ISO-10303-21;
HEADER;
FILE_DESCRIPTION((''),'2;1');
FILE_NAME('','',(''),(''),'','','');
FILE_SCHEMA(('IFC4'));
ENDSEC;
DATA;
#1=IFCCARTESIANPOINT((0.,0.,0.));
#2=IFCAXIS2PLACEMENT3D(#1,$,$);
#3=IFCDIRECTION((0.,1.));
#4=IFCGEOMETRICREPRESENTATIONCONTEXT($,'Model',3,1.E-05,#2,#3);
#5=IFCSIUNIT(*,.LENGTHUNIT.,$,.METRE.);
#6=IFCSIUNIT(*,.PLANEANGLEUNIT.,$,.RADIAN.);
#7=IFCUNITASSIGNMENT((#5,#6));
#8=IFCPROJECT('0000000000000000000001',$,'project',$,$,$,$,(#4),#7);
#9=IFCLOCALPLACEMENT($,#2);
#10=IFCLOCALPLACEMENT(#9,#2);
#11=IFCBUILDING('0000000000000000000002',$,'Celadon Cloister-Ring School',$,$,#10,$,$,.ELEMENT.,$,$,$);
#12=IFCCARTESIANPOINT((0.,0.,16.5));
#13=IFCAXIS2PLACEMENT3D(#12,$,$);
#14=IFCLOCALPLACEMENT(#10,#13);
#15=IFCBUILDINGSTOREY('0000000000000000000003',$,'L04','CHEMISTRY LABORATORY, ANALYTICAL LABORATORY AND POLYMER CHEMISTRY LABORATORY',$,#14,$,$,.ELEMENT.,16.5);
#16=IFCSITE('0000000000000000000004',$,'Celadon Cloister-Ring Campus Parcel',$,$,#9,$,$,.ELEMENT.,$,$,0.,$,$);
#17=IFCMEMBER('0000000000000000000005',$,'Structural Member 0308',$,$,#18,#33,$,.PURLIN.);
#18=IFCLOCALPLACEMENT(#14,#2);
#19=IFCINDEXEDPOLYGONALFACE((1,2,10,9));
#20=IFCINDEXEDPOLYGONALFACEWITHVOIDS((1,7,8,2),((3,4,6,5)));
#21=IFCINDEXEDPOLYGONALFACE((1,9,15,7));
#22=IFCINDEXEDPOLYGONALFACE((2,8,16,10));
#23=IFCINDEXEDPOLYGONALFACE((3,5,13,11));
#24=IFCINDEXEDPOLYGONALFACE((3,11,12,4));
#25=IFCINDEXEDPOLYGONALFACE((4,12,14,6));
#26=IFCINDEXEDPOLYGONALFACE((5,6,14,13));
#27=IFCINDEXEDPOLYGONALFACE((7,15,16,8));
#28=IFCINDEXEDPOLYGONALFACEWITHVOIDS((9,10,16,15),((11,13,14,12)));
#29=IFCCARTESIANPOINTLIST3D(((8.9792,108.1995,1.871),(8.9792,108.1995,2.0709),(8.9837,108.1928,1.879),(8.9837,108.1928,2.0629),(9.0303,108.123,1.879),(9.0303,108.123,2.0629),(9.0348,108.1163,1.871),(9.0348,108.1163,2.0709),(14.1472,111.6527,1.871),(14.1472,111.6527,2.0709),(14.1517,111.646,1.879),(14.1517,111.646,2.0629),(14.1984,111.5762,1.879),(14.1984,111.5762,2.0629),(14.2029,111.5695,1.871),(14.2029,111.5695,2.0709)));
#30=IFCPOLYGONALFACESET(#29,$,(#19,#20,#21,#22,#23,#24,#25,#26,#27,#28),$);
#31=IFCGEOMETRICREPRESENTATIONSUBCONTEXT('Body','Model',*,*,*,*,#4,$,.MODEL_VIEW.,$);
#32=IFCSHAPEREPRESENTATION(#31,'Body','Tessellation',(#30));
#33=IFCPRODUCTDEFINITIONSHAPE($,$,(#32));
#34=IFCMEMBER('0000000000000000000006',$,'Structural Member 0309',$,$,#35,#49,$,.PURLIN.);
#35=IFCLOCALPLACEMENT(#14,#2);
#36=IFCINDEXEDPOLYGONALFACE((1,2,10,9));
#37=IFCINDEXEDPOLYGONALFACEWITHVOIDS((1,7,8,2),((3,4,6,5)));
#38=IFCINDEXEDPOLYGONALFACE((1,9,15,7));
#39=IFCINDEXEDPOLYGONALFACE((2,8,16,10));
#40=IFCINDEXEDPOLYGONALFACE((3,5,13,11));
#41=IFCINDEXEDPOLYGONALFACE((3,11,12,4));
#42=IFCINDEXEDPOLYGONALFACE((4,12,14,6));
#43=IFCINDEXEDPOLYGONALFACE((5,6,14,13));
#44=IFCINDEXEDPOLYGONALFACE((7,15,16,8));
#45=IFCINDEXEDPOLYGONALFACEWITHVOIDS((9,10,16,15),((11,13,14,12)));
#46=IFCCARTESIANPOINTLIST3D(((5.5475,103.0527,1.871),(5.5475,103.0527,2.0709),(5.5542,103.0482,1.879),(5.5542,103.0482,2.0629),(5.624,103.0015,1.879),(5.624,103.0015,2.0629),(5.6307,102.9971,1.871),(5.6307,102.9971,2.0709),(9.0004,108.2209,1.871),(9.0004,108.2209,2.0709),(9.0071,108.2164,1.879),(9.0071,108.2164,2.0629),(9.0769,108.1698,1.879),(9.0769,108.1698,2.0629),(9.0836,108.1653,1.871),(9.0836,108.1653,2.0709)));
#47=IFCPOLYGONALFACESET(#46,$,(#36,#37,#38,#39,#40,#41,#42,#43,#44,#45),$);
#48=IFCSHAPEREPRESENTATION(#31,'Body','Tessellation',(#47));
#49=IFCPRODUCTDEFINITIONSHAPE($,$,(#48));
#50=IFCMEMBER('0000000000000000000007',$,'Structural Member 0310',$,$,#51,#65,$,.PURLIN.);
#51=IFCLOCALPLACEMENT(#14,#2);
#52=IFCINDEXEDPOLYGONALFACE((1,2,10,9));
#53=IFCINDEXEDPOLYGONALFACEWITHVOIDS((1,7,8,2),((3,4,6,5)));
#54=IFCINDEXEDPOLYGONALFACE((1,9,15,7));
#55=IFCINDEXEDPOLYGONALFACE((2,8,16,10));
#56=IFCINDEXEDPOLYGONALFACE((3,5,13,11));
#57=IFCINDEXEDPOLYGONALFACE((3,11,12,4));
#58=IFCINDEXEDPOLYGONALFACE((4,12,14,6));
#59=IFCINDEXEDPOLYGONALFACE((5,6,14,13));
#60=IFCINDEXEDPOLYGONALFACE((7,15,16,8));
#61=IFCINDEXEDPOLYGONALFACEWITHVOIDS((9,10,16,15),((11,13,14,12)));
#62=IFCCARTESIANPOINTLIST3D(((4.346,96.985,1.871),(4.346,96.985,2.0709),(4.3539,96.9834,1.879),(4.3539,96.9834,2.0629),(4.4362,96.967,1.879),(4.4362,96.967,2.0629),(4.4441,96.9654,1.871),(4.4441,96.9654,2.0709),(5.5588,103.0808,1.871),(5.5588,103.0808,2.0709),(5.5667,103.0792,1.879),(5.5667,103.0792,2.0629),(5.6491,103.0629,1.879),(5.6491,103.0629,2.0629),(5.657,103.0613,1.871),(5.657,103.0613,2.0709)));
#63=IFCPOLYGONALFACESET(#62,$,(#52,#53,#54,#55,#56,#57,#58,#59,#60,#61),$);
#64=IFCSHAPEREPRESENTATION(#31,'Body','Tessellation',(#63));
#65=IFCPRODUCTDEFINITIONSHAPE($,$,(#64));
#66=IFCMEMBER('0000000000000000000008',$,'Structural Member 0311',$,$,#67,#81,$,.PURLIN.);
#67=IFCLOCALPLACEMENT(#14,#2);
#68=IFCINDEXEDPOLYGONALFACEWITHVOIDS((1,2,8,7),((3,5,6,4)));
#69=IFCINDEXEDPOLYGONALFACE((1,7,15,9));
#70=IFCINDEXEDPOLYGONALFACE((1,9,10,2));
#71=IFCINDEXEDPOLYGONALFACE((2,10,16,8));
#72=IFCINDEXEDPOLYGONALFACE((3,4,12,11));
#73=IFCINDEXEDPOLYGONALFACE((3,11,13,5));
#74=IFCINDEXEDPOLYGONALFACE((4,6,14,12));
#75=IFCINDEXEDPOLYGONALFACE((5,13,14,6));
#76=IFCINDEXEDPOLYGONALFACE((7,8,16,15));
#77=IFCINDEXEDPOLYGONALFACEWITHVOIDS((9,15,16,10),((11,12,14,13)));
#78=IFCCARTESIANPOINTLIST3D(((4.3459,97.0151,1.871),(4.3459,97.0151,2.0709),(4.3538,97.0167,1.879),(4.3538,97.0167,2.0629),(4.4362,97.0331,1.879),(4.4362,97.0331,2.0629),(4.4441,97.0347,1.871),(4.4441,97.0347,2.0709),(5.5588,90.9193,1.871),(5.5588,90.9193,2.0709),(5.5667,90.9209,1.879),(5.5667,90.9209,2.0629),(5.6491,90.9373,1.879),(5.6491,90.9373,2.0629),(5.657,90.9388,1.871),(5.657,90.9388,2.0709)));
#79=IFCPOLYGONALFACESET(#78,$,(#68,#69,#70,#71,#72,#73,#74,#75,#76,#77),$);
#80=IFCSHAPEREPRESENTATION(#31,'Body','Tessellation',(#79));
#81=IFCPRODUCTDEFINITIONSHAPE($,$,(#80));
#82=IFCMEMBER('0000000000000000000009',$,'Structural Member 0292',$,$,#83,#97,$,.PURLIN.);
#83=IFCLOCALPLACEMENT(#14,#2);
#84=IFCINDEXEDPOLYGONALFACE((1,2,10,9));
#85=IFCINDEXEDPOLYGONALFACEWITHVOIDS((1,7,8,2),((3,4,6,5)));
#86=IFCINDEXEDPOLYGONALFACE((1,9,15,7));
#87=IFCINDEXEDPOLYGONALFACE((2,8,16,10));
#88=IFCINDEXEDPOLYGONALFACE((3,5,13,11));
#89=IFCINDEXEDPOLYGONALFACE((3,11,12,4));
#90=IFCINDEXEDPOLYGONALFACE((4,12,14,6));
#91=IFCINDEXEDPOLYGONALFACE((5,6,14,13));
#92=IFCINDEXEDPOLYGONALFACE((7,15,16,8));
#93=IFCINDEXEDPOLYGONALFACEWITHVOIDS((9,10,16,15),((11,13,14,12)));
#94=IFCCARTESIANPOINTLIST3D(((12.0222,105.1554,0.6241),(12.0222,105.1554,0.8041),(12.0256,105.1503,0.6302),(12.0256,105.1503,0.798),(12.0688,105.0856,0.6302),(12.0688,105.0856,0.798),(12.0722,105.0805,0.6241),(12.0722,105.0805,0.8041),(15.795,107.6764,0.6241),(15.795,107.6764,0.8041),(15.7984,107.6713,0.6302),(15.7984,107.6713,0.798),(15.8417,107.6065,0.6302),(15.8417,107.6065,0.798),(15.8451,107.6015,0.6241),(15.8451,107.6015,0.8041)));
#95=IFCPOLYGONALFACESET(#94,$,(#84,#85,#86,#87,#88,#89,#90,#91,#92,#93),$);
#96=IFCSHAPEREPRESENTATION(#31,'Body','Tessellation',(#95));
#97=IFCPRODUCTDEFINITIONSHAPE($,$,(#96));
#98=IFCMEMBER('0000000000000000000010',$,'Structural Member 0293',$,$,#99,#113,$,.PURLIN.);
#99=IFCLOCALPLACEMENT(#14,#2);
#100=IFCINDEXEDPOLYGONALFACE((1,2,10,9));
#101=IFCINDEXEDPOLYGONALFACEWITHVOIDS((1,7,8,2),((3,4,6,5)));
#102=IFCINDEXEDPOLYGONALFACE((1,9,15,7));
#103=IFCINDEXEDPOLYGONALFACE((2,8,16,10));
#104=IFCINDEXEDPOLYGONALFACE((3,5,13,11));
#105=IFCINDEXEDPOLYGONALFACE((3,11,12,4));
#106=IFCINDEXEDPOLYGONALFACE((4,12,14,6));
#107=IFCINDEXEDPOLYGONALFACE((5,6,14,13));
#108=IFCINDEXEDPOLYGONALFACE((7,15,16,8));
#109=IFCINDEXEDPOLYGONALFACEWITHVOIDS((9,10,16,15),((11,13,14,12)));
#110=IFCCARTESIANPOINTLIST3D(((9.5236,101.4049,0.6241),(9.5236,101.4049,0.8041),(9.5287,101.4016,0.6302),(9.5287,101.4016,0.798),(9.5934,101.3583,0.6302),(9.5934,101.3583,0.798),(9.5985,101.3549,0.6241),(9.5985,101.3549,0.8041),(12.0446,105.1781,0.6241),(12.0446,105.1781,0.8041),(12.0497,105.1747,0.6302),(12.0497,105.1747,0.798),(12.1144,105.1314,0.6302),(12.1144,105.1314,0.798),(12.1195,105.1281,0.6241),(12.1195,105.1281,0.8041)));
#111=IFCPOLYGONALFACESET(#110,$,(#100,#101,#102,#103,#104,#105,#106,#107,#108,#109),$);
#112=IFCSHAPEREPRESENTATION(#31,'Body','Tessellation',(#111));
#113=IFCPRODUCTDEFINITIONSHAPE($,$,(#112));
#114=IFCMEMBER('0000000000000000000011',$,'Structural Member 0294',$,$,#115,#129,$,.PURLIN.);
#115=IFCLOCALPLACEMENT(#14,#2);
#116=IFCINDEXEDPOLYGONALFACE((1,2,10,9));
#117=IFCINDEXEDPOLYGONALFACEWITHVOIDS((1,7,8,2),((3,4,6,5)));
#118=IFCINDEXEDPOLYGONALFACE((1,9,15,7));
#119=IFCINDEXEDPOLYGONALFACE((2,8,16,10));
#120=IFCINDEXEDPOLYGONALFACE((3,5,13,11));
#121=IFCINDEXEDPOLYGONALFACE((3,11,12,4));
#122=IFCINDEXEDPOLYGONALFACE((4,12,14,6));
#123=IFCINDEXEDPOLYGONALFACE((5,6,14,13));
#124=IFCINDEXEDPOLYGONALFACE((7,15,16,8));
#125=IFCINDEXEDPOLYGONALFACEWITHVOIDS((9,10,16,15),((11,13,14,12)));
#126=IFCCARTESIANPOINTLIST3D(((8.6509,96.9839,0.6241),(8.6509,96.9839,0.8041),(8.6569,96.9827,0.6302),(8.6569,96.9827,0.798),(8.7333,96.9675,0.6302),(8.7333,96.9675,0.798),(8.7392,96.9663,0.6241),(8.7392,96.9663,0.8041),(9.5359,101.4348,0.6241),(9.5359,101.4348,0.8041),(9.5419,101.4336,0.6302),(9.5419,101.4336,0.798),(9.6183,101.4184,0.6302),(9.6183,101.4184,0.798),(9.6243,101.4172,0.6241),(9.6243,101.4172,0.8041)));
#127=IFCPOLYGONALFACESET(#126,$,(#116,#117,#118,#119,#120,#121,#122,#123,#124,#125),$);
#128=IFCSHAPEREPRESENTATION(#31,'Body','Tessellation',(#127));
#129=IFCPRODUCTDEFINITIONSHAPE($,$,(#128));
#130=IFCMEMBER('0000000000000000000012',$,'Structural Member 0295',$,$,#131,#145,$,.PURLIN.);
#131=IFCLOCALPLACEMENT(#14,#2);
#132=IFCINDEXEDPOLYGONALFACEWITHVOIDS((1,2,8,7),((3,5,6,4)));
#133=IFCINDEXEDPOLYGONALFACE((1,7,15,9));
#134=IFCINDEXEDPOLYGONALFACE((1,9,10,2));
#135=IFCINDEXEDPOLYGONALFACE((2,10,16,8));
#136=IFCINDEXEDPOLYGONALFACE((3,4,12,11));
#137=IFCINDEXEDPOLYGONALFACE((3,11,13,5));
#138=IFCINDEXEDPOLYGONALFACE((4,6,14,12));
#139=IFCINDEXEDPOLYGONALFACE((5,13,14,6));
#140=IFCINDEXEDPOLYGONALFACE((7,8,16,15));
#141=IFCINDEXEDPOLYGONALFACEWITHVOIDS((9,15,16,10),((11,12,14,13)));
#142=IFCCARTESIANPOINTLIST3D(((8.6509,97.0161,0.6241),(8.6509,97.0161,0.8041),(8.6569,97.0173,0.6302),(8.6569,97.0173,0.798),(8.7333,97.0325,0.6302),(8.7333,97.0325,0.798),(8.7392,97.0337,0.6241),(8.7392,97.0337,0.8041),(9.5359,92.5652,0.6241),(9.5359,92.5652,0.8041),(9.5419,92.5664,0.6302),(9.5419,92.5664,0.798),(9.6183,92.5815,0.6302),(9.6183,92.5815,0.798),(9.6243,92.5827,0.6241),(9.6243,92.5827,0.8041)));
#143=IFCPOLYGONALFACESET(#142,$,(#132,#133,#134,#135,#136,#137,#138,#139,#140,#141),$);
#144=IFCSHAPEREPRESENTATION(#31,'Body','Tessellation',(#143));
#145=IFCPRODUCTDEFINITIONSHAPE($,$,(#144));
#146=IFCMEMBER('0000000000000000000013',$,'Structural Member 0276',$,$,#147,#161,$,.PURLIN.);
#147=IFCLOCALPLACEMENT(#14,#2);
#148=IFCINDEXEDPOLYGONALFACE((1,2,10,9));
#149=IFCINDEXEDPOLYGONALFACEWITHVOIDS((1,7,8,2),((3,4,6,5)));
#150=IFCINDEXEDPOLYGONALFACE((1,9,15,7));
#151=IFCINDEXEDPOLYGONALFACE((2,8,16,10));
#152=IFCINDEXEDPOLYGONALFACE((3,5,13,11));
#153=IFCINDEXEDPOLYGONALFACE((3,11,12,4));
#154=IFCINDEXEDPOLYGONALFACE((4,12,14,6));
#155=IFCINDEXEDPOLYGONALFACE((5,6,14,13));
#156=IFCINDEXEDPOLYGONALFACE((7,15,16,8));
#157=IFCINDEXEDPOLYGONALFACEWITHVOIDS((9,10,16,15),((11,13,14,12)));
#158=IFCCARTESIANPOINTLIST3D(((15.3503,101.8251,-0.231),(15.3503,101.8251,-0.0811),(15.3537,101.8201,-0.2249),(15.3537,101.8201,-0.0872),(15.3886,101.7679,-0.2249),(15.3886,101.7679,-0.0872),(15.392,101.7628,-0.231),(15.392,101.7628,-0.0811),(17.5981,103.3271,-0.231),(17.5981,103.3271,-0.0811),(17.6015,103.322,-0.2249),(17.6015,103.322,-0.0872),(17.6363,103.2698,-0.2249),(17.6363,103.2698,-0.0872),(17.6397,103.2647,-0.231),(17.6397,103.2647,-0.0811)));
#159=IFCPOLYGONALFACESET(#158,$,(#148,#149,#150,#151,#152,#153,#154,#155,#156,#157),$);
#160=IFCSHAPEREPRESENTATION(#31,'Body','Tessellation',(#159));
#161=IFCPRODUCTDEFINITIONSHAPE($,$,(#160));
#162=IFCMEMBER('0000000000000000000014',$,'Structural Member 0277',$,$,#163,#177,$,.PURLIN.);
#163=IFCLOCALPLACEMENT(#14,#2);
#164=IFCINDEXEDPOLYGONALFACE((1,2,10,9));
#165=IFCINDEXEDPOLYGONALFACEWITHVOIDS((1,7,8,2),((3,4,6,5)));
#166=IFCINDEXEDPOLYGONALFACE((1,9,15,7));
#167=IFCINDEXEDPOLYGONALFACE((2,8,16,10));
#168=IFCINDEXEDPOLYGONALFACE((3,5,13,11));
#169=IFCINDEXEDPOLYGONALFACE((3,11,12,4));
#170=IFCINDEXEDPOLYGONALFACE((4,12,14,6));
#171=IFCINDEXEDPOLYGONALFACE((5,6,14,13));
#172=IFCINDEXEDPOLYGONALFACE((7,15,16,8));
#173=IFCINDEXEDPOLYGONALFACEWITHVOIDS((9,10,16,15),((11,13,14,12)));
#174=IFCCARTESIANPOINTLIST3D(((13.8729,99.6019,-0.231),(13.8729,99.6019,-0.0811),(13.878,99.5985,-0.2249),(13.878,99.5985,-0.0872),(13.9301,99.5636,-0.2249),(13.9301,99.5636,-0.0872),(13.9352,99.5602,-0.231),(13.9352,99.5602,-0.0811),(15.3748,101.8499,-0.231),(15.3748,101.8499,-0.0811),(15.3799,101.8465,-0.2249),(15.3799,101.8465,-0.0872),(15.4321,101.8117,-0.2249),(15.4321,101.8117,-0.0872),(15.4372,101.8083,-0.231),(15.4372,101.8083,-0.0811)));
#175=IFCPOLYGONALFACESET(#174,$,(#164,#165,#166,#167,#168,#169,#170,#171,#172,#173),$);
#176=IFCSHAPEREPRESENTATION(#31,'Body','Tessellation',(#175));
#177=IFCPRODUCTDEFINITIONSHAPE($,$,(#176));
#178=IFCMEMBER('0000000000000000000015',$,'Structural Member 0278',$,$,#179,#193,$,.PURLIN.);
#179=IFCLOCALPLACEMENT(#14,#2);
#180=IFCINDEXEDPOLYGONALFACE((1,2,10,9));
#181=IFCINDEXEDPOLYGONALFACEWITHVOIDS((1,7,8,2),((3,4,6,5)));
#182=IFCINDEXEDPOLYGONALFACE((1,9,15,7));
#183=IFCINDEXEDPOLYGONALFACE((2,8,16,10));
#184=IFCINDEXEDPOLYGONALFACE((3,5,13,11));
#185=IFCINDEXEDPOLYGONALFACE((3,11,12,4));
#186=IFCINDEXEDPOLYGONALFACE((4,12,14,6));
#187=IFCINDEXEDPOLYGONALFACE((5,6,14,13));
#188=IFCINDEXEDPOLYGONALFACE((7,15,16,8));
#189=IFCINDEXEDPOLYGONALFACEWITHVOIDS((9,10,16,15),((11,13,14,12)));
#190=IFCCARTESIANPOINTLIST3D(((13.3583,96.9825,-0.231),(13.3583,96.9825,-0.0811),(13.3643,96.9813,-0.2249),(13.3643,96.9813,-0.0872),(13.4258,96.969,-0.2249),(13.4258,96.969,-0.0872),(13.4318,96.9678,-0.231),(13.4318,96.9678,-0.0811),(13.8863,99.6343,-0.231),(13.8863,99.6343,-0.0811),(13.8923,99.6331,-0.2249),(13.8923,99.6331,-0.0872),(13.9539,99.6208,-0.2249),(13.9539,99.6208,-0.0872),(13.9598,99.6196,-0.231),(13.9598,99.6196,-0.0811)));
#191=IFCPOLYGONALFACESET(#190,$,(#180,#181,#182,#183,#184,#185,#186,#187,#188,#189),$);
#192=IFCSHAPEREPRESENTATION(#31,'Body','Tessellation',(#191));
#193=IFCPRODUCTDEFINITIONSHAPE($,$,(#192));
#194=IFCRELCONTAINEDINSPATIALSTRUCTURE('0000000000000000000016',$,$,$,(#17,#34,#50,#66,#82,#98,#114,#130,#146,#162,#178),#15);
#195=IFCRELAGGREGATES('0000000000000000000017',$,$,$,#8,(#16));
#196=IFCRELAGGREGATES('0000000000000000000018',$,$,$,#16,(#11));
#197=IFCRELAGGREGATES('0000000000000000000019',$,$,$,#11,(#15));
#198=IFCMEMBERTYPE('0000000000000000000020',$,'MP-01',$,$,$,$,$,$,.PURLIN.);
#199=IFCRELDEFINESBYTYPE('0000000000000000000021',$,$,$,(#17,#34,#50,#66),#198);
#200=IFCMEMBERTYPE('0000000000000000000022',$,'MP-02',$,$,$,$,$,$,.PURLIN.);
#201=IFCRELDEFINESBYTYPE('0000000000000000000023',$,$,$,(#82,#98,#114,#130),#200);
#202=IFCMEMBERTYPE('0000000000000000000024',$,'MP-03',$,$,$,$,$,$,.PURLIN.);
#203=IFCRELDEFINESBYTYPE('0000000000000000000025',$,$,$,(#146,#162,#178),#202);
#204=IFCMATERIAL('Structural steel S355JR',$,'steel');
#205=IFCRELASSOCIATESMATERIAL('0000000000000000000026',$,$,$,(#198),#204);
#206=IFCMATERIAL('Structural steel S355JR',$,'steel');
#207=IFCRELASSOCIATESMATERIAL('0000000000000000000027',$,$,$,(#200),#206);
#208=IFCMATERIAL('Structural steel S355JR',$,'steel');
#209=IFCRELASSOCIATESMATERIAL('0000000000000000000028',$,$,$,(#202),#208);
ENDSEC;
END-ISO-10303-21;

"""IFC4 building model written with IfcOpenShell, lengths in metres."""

from ifc_helpers import new_model, si_unit, direction, frame, origin, origin_2d, place, context, subcontext, project, spatial, hollow_rectangle, extrude, material, material_profile, profile_set, type_object, element, save


model = new_model("IFC4")

# Units and contexts
model_context = context("Model", 3, precision=1e-05, world=origin(), true_north=direction((0.0, 1.0)))
body_context = subcontext(model_context, "Body", "Model", "MODEL_VIEW")
ifc_project = project(units=[si_unit("LENGTHUNIT", "METRE"), si_unit("PLANEANGLEUNIT", "RADIAN")], contexts=[model_context])

# Site, building, storey
site_placement = place(None, origin())
site = spatial("IfcSite", under=ifc_project, at=site_placement, Name="Celadon Cloister-Ring Campus Parcel", CompositionType="ELEMENT", RefElevation=0.0)
building_placement = place(site_placement, origin())
building = spatial("IfcBuilding", under=site, at=building_placement, Name="Celadon Cloister-Ring School", CompositionType="ELEMENT")
storey_placement = place(building_placement, frame((0.0, 0.0, 16.5)))
storey = spatial("IfcBuildingStorey", under=building, at=storey_placement, Name="L04", Description="CHEMISTRY LABORATORY, ANALYTICAL LABORATORY AND POLYMER CHEMISTRY LABORATORY", CompositionType="ELEMENT", Elevation=16.5)

# Members
ifc_material_1 = material(Name="Structural steel S355JR", Category="steel")
ifc_material_profile_1 = material_profile(ifc_material_1, hollow_rectangle(XDim=0.1001, YDim=0.2, WallThickness=0.0081, at=origin_2d()), Name="HSS200X100X8")
ifc_profile_set_1 = profile_set([ifc_material_profile_1], Name="Structural steel S355JR")
member_type_1 = type_object("IfcMemberType", Name="MP-01", PredefinedType="PURLIN", material=ifc_profile_set_1)
for number, where, z_axis, x_axis, name in (
    (1, (14.175, 111.6111, 1.9709), (-0.83147, -0.55557, 0.0), (0.55557, -0.83147, 0.0), "Structural Member 0308"),
    (2, (9.042, 108.1931, 1.9709), (-0.555525, -0.8315, 0.0), (0.8315, -0.555525, 0.0), "Structural Member 0309"),
):
    element("IfcMember", number, at=place(storey_placement, frame(where, z_axis=z_axis, x_axis=x_axis)), inside=storey, type_object=member_type_1, Name=name, PredefinedType="PURLIN", context=body_context, shape_type="SweptSolid", body=[
        extrude(hollow_rectangle(XDim=0.1001, YDim=0.2, WallThickness=0.0081, at=origin_2d()), origin(), (0.0, 0.0, 1.0), 6.2156),
    ])
for number, where, z_axis, x_axis, name in (
    (3, (5.6079, 103.071, 1.9709), (-0.195142, -0.980775, 0.0), (0.980775, -0.195142, 0.0), "Structural Member 0310"),
    (4, (4.395, 97.0249, 1.9709), (0.195142, -0.980775, 0.0), (0.980775, 0.195142, 0.0), "Structural Member 0311"),
):
    element("IfcMember", number, at=place(storey_placement, frame(where, z_axis=z_axis, x_axis=x_axis)), inside=storey, type_object=member_type_1, Name=name, PredefinedType="PURLIN", context=body_context, shape_type="SweptSolid", body=[
        extrude(hollow_rectangle(XDim=0.1001, YDim=0.2, WallThickness=0.0081, at=origin_2d()), origin(), (0.0, 0.0, 1.0), 6.2153),
    ])
ifc_material_2 = material(Name="Structural steel S355JR", Category="steel")
ifc_material_profile_2 = material_profile(ifc_material_2, hollow_rectangle(XDim=0.0901, YDim=0.1799, WallThickness=0.0061, at=origin_2d()), Name="HSS180X90X6")
ifc_profile_set_2 = profile_set([ifc_material_profile_2], Name="Structural steel S355JR")
member_type_2 = type_object("IfcMemberType", Name="MP-02", PredefinedType="PURLIN", material=ifc_profile_set_2)
member_1_placement = place(storey_placement, frame((15.8201, 107.6389, 0.7141), z_axis=(-0.83147, -0.555569, 0.0), x_axis=(0.555569, -0.83147, 0.0)))
element("IfcMember", 5, at=member_1_placement, inside=storey, type_object=member_type_2, Name="Structural Member 0292", PredefinedType="PURLIN", context=body_context, shape_type="SweptSolid", body=[
    extrude(hollow_rectangle(XDim=0.0901, YDim=0.1799, WallThickness=0.0061, at=origin_2d()), origin(), (0.0, 0.0, 1.0), 4.5376),
])
member_2_placement = place(storey_placement, frame((12.082, 105.1531, 0.7141), z_axis=(-0.555544, -0.831487, 0.0), x_axis=(0.831487, -0.555544, 0.0)))
element("IfcMember", 6, at=member_2_placement, inside=storey, type_object=member_type_2, Name="Structural Member 0293", PredefinedType="PURLIN", context=body_context, shape_type="SweptSolid", body=[
    extrude(hollow_rectangle(XDim=0.0901, YDim=0.1799, WallThickness=0.0061, at=origin_2d()), origin(), (0.0, 0.0, 1.0), 4.5378),
])
for number, where, z_axis, x_axis, name in (
    (7, (9.5801, 101.426, 0.7141), (-0.195019, -0.980799, 0.0), (0.980799, -0.195019, 0.0), "Structural Member 0294"),
    (8, (8.6951, 97.0249, 0.7141), (0.195019, -0.980799, 0.0), (0.980799, 0.195019, 0.0), "Structural Member 0295"),
):
    element("IfcMember", number, at=place(storey_placement, frame(where, z_axis=z_axis, x_axis=x_axis)), inside=storey, type_object=member_type_2, Name=name, PredefinedType="PURLIN", context=body_context, shape_type="SweptSolid", body=[
        extrude(hollow_rectangle(XDim=0.0901, YDim=0.1799, WallThickness=0.0061, at=origin_2d()), origin(), (0.0, 0.0, 1.0), 4.5381),
    ])
ifc_material_3 = material(Name="Structural steel S355JR", Category="steel")
ifc_material_profile_3 = material_profile(ifc_material_3, hollow_rectangle(XDim=0.075, YDim=0.1499, WallThickness=0.0061, at=origin_2d()), Name="HSS150X75X6")
ifc_profile_set_3 = profile_set([ifc_material_profile_3], Name="Structural steel S355JR")
member_type_3 = type_object("IfcMemberType", Name="MP-03", PredefinedType="PURLIN", material=ifc_profile_set_3)
member_3_placement = place(storey_placement, frame((17.6189, 103.2959, -0.156), z_axis=(-0.831466, -0.555575, 0.0), x_axis=(0.555575, -0.831466, 0.0)))
element("IfcMember", 9, at=member_3_placement, inside=storey, type_object=member_type_3, Name="Structural Member 0276", PredefinedType="PURLIN", context=body_context, shape_type="SweptSolid", body=[
    extrude(hollow_rectangle(XDim=0.075, YDim=0.1499, WallThickness=0.0061, at=origin_2d()), origin(), (0.0, 0.0, 1.0), 2.7034),
])
member_4_placement = place(storey_placement, frame((15.406, 101.8291, -0.156), z_axis=(-0.555533, -0.831494, 0.0), x_axis=(0.831494, -0.555533, 0.0)))
element("IfcMember", 10, at=member_4_placement, inside=storey, type_object=member_type_3, Name="Structural Member 0277", PredefinedType="PURLIN", context=body_context, shape_type="SweptSolid", body=[
    extrude(hollow_rectangle(XDim=0.075, YDim=0.1499, WallThickness=0.0061, at=origin_2d()), origin(), (0.0, 0.0, 1.0), 2.7036),
])
for number, where, z_axis, x_axis, name in (
    (11, (13.9231, 99.627, -0.156), (-0.1953, -0.980744, 0.0), (0.980744, -0.1953, 0.0), "Structural Member 0278"),
):
    element("IfcMember", number, at=place(storey_placement, frame(where, z_axis=z_axis, x_axis=x_axis)), inside=storey, type_object=member_type_3, Name=name, PredefinedType="PURLIN", context=body_context, shape_type="SweptSolid", body=[
        extrude(hollow_rectangle(XDim=0.075, YDim=0.1499, WallThickness=0.0061, at=origin_2d()), origin(), (0.0, 0.0, 1.0), 2.7039),
    ])

save(model, "model.ifc")
